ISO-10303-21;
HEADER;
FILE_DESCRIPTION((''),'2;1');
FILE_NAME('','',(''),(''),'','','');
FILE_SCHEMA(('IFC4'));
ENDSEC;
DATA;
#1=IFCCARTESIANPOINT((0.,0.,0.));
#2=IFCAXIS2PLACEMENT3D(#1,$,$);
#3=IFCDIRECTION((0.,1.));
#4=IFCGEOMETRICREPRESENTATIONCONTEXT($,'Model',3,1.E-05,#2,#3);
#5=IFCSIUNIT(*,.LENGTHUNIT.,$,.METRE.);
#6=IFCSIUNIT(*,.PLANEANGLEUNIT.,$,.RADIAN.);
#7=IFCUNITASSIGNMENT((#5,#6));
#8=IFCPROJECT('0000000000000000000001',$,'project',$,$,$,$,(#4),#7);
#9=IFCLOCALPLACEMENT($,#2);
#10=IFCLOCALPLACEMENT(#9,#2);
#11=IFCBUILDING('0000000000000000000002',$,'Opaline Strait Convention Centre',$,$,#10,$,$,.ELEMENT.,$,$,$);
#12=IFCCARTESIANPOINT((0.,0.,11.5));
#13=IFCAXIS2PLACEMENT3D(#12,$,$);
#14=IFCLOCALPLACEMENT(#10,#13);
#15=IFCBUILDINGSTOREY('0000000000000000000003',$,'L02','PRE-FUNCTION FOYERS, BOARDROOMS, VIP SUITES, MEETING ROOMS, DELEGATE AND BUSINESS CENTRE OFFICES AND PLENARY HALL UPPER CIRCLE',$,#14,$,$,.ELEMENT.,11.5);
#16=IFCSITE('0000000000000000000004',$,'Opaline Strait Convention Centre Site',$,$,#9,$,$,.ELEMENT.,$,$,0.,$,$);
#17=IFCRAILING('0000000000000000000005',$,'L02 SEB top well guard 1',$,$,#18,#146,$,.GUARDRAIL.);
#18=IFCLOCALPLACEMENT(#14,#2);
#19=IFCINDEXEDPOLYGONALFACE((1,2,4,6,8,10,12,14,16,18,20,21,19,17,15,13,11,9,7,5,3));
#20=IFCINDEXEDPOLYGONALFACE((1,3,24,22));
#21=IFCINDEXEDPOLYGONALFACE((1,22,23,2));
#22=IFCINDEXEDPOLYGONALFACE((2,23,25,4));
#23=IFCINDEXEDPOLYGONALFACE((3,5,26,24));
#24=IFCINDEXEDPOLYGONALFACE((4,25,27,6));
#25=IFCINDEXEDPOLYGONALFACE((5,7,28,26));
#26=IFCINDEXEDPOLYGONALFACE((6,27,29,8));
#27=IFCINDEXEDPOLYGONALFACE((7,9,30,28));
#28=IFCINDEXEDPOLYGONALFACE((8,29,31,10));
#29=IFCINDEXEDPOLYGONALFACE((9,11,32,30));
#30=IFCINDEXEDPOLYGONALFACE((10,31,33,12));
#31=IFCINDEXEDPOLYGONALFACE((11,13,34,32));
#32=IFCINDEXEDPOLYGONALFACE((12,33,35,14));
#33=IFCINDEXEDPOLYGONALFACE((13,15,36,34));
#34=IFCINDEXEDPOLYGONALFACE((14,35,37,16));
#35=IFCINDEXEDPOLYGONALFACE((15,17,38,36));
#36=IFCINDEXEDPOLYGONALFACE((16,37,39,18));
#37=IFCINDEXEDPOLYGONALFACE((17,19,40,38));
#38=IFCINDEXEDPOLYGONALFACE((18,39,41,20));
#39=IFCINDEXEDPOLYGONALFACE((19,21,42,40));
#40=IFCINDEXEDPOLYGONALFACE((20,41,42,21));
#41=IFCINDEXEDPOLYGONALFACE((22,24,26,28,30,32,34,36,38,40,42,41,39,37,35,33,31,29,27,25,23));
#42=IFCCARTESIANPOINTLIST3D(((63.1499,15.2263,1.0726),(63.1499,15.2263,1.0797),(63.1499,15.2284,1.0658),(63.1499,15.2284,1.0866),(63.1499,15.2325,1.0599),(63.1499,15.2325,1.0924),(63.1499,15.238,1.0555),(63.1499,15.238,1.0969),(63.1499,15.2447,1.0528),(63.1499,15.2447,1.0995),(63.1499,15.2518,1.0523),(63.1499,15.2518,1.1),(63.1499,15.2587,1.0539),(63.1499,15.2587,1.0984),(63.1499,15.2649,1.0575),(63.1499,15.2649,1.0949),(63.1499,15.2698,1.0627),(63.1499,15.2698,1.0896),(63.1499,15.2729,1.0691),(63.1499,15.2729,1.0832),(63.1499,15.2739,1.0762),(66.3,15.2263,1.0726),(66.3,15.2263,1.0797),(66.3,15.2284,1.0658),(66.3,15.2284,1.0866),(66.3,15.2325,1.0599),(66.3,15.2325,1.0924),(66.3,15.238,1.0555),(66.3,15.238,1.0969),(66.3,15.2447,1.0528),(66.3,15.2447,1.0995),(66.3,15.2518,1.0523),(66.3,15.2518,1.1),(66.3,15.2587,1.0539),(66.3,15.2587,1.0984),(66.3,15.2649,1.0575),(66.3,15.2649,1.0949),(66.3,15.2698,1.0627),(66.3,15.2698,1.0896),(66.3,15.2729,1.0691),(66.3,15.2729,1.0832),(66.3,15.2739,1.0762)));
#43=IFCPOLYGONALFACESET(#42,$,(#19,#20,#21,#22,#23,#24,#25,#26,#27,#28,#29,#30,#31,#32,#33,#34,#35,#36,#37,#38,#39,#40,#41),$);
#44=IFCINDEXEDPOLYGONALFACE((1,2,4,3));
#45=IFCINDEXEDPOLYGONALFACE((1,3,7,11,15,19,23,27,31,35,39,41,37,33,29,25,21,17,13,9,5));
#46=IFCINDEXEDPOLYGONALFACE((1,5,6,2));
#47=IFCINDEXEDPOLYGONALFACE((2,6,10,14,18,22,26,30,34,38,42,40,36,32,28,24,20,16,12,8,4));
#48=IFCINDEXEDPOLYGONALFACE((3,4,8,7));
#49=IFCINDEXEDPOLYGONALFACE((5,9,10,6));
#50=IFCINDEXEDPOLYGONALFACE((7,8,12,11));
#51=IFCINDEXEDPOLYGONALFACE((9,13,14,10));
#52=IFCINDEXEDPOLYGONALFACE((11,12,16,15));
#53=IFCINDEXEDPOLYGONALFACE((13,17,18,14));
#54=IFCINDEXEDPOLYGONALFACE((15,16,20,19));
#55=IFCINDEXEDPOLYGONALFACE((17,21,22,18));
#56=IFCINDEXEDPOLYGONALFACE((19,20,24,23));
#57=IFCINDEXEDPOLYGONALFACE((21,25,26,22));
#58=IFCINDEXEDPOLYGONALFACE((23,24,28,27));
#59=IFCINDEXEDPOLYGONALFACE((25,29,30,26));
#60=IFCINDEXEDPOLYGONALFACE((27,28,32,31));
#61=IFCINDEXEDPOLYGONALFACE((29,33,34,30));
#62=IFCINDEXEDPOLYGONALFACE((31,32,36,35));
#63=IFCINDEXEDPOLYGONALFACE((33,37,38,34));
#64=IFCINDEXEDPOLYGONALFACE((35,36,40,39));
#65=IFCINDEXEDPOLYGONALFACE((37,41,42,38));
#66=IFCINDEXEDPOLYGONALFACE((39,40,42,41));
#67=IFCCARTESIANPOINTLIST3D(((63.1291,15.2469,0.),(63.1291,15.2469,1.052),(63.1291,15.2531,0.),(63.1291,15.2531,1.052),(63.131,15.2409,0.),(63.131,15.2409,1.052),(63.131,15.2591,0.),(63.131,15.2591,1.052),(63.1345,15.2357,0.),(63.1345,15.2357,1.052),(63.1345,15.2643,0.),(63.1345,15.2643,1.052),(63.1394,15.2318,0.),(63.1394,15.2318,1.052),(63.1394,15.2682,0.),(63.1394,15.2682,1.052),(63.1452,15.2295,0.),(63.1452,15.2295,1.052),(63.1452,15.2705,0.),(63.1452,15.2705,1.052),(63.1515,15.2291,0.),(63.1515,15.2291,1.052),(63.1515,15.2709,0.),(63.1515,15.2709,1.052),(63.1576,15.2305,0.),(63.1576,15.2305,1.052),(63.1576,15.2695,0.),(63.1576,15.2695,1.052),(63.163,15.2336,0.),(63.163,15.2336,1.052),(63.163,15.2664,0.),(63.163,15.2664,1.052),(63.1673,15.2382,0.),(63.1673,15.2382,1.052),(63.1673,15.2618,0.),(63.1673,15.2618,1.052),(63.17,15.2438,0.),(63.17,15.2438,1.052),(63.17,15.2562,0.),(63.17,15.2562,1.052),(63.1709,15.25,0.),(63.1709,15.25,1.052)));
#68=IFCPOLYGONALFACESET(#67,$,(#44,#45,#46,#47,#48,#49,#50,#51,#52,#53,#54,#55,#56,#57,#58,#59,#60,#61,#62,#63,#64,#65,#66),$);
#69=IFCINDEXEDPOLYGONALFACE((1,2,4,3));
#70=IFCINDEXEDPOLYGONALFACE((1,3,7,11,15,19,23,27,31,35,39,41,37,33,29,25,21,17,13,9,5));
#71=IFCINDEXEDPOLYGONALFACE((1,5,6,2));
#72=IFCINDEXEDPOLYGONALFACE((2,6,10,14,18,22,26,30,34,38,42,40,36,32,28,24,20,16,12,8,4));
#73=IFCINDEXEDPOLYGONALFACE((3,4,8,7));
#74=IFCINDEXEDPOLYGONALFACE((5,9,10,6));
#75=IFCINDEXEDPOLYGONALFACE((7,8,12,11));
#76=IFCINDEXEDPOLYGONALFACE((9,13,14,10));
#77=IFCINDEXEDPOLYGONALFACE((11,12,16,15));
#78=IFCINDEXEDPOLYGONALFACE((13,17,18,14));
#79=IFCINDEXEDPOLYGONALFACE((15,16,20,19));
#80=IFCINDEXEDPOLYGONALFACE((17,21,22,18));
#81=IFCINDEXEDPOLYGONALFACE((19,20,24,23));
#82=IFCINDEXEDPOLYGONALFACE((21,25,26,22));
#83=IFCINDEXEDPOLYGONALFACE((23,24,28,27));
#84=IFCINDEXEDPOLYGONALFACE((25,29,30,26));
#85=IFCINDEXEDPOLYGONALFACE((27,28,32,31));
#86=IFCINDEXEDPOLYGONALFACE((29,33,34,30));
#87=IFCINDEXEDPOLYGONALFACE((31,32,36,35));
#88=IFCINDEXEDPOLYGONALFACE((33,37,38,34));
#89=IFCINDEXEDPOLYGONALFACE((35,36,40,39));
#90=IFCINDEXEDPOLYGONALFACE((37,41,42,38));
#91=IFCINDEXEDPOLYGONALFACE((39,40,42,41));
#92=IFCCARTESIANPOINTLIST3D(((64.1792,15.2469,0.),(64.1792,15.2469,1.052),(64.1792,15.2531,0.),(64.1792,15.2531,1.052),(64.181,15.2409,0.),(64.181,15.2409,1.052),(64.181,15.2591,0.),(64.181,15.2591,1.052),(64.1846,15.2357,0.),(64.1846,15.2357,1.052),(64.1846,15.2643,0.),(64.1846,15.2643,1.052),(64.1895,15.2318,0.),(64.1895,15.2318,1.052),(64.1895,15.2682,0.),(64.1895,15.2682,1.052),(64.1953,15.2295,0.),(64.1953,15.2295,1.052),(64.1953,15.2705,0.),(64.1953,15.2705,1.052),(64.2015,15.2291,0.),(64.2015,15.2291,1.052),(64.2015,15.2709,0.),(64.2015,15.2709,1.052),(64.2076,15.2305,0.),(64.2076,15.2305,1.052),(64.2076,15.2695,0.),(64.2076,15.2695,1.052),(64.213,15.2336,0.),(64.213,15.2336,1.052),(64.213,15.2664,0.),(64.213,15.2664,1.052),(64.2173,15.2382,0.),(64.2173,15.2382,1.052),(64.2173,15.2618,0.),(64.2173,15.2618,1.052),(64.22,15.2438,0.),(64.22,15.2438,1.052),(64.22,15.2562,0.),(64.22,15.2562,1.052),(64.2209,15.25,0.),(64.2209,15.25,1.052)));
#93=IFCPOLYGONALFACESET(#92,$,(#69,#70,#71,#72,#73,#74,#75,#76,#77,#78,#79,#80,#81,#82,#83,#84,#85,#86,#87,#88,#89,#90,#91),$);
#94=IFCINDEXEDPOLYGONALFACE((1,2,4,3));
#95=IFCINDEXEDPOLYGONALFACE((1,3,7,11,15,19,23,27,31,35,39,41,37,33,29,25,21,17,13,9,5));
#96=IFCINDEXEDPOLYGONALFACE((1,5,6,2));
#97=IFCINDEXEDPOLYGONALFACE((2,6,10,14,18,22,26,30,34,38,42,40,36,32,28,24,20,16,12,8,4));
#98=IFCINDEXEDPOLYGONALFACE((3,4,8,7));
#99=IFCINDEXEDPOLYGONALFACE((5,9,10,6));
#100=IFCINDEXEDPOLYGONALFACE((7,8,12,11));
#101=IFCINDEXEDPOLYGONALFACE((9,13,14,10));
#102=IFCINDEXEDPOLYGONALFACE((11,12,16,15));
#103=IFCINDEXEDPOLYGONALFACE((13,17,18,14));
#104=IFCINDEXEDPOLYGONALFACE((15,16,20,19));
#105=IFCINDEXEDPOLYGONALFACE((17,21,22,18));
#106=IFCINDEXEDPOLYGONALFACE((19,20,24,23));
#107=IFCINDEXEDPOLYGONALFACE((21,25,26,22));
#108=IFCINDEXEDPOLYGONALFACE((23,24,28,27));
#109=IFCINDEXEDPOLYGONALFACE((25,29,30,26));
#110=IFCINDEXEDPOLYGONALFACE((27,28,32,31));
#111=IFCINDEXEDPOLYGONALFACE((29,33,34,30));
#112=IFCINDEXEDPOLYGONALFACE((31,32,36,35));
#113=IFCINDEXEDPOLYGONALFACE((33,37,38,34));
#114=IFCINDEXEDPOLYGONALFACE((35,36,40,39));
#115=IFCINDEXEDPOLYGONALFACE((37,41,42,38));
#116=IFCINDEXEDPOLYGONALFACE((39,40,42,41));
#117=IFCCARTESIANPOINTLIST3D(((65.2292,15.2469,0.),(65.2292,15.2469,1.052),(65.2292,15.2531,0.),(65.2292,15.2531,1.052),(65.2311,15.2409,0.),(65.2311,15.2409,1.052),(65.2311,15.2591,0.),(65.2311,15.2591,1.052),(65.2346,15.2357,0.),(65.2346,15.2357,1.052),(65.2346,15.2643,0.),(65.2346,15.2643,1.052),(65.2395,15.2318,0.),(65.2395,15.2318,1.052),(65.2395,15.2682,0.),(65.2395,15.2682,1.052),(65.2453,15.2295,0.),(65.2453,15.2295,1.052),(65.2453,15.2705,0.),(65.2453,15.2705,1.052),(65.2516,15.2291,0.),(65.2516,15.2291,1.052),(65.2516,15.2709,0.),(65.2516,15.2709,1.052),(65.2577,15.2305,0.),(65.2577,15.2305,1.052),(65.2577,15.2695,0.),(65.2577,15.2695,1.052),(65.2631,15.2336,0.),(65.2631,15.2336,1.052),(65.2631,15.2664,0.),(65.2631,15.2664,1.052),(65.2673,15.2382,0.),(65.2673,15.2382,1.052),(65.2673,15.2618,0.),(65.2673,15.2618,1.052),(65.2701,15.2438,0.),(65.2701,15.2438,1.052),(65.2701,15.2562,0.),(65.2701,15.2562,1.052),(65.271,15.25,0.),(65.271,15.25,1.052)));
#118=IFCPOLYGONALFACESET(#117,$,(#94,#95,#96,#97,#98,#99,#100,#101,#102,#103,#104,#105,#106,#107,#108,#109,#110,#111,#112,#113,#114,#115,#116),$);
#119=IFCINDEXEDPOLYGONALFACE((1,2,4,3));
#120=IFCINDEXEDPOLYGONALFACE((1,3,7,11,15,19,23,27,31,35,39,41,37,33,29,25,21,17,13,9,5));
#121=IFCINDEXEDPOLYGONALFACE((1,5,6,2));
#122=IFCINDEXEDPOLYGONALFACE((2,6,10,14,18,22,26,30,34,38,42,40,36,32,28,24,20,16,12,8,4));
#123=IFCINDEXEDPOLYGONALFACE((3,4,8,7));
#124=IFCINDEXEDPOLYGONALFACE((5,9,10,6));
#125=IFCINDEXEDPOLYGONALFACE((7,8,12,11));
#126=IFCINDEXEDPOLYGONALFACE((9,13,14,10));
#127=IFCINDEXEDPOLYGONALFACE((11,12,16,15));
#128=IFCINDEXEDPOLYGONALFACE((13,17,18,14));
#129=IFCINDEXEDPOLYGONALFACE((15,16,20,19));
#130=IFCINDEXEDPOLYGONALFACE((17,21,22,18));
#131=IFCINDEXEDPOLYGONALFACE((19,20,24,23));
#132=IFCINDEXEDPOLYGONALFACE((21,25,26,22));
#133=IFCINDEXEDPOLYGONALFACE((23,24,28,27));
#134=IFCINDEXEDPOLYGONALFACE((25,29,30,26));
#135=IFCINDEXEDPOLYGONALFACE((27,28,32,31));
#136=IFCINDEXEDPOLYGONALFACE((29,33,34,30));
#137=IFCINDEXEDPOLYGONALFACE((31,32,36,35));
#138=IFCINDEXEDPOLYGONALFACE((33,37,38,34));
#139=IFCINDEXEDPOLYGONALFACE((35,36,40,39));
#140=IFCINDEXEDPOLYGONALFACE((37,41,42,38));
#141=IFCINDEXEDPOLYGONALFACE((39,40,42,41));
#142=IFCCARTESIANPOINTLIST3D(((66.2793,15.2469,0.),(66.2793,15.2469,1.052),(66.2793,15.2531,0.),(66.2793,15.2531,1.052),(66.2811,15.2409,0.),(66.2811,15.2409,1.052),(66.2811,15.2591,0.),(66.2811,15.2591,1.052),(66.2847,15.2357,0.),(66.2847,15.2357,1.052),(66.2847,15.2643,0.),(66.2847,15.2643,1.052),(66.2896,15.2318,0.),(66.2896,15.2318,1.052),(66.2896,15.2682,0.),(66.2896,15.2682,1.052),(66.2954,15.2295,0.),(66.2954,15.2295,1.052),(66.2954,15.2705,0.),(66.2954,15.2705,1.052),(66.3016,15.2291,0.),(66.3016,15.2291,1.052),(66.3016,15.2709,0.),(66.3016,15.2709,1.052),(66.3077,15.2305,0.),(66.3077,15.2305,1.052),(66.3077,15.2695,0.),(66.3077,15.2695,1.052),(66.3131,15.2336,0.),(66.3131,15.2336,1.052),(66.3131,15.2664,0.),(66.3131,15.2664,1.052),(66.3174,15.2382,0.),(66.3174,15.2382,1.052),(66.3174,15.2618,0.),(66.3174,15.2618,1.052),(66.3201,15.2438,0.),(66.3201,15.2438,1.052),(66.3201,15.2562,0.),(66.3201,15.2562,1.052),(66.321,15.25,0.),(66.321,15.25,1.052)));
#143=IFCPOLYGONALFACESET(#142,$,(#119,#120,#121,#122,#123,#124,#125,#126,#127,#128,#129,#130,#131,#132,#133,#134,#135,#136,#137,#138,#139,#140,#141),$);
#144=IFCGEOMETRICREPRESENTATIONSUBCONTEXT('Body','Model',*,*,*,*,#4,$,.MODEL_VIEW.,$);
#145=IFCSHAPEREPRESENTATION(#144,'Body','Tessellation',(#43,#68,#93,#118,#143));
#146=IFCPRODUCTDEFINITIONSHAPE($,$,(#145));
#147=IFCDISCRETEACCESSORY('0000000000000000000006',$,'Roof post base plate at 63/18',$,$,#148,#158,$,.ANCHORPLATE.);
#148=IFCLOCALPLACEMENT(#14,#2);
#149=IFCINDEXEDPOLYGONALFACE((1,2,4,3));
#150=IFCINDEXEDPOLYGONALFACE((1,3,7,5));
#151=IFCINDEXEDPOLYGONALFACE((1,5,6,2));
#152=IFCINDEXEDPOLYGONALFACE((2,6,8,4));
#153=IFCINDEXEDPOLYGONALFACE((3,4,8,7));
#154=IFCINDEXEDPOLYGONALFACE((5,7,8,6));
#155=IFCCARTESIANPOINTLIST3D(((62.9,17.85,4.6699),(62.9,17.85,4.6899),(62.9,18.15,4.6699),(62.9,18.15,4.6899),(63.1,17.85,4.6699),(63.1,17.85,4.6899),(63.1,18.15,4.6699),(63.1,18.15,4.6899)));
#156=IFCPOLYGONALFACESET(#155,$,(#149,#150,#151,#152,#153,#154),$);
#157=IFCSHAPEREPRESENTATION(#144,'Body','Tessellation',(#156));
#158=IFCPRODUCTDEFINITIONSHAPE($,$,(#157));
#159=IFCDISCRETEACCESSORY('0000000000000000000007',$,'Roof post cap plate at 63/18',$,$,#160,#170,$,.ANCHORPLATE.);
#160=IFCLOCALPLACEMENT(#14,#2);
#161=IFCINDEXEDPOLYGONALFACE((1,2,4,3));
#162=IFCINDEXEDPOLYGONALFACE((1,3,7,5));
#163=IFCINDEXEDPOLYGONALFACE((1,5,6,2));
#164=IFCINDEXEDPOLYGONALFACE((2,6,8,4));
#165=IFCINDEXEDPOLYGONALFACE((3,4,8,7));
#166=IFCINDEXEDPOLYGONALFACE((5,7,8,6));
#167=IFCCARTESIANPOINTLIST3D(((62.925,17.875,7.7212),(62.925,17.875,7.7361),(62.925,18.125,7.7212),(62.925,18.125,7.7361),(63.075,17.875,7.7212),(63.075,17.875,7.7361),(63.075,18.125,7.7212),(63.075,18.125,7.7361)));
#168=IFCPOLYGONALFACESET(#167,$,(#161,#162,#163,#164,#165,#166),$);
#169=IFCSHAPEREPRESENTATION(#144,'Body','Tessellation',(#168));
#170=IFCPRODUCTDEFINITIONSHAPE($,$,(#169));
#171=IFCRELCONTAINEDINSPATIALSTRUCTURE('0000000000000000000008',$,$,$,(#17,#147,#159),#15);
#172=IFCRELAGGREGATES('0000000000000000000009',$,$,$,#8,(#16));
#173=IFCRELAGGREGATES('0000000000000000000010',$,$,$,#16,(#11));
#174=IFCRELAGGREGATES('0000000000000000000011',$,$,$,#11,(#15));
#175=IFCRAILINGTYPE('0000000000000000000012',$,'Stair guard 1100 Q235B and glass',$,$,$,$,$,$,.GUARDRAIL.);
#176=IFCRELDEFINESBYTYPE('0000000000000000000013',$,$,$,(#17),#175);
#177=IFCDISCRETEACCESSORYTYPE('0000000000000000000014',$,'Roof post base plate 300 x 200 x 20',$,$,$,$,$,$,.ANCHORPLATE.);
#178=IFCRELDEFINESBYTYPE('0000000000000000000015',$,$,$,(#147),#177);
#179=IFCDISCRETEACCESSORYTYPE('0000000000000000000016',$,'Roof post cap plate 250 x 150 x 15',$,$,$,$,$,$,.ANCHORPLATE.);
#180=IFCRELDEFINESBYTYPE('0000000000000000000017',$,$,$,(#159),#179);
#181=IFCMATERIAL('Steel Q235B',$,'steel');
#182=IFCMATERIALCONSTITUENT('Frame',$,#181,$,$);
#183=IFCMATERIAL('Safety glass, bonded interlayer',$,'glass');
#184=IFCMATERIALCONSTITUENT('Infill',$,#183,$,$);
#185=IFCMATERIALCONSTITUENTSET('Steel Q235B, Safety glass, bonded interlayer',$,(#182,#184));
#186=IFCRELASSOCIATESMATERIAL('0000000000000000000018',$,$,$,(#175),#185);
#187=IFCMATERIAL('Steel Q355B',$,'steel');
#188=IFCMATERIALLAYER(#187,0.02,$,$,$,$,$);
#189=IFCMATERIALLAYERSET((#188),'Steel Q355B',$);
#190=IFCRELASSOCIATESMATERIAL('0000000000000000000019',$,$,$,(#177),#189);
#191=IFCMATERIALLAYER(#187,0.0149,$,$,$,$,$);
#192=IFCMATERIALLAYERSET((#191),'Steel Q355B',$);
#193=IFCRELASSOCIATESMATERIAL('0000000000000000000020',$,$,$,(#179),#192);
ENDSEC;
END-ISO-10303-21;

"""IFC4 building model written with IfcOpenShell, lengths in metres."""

from ifc_helpers import new_model, si_unit, direction, frame, origin, origin_2d, place, context, subcontext, project, spatial, rectangle, circle, extrude, material, layer, layer_set, constituent, constituent_set, type_object, element, save


model = new_model("IFC4")

# Units and contexts
model_context = context("Model", 3, precision=1e-05, world=origin(), true_north=direction((0.0, 1.0)))
body_context = subcontext(model_context, "Body", "Model", "MODEL_VIEW")
ifc_project = project(units=[si_unit("LENGTHUNIT", "METRE"), si_unit("PLANEANGLEUNIT", "RADIAN")], contexts=[model_context])

# Site, building, storey
site_placement = place(None, origin())
site = spatial("IfcSite", under=ifc_project, at=site_placement, Name="Opaline Strait Convention Centre Site", CompositionType="ELEMENT", RefElevation=0.0)
building_placement = place(site_placement, origin())
building = spatial("IfcBuilding", under=site, at=building_placement, Name="Opaline Strait Convention Centre", CompositionType="ELEMENT")
storey_placement = place(building_placement, frame((0.0, 0.0, 11.5)))
storey = spatial("IfcBuildingStorey", under=building, at=storey_placement, Name="L02", Description="PRE-FUNCTION FOYERS, BOARDROOMS, VIP SUITES, MEETING ROOMS, DELEGATE AND BUSINESS CENTRE OFFICES AND PLENARY HALL UPPER CIRCLE", CompositionType="ELEMENT", Elevation=11.5)

# Shared definitions
ifc_material_1 = material(Name="Steel Q355B", Category="steel")

# Railing
ifc_material_2 = material(Name="Steel Q235B", Category="steel")
ifc_constituent_1 = constituent(ifc_material_2, Name="Frame")
ifc_material_3 = material(Name="Safety glass, bonded interlayer", Category="glass")
ifc_constituent_2 = constituent(ifc_material_3, Name="Infill")
ifc_constituent_set = constituent_set(constituents=[ifc_constituent_1, ifc_constituent_2], Name="Steel Q235B, Safety glass, bonded interlayer")
railing_type = type_object("IfcRailingType", Name="Stair guard 1100 Q235B and glass", PredefinedType="GUARDRAIL", material=ifc_constituent_set)
railing_placement = place(storey_placement, frame((63.1499, 15.25, 0.0)))
element("IfcRailing", 1, at=railing_placement, inside=storey, type_object=railing_type, Name="L02 SEB top well guard 1", PredefinedType="GUARDRAIL", context=body_context, shape_type="SweptSolid", body=[
    extrude(circle(Radius=0.0239, at=origin_2d()), frame((0.0, 0.0, 1.0762), z_axis=(1.0, 0.0, 0.0), x_axis=(0.0, 1.0, 0.0)), (0.0, 0.0, 1.0), 3.1501),
    extrude(circle(Radius=0.021, at=origin_2d()), origin(), (0.0, 0.0, 1.0), 1.052),
    extrude(circle(Radius=0.021, at=origin_2d()), frame((1.05, 0.0, 0.0)), (0.0, 0.0, 1.0), 1.052),
    extrude(circle(Radius=0.021, at=origin_2d()), frame((2.1001, 0.0, 0.0)), (0.0, 0.0, 1.0), 1.052),
    extrude(circle(Radius=0.021, at=origin_2d()), frame((3.1501, 0.0, 0.0)), (0.0, 0.0, 1.0), 1.052),
])

# Discrete accessories
ifc_layer_1 = layer(ifc_material_1, 0.02)
ifc_layer_set_1 = layer_set([ifc_layer_1], Name="Steel Q355B")
discrete_accessory_type_1 = type_object("IfcDiscreteAccessoryType", Name="Roof post base plate 300 x 200 x 20", PredefinedType="ANCHORPLATE", material=ifc_layer_set_1)
discrete_accessory_1_placement = place(storey_placement, frame((63.0, 18.0, 4.6699), z_axis=(0.0, 0.0, 1.0), x_axis=(1.0, 0.0, 0.0)))
element("IfcDiscreteAccessory", 2, at=discrete_accessory_1_placement, inside=storey, type_object=discrete_accessory_type_1, Name="Roof post base plate at 63/18", PredefinedType="ANCHORPLATE", context=body_context, shape_type="SweptSolid", body=[
    extrude(rectangle(XDim=0.2, YDim=0.3, at=origin_2d()), origin(), (0.0, 0.0, 1.0), 0.02),
])
ifc_layer_2 = layer(ifc_material_1, 0.0149)
ifc_layer_set_2 = layer_set([ifc_layer_2], Name="Steel Q355B")
discrete_accessory_type_2 = type_object("IfcDiscreteAccessoryType", Name="Roof post cap plate 250 x 150 x 15", PredefinedType="ANCHORPLATE", material=ifc_layer_set_2)
discrete_accessory_2_placement = place(storey_placement, frame((63.0, 18.0, 7.7212), z_axis=(0.0, 0.0, 1.0), x_axis=(1.0, 0.0, 0.0)))
element("IfcDiscreteAccessory", 3, at=discrete_accessory_2_placement, inside=storey, type_object=discrete_accessory_type_2, Name="Roof post cap plate at 63/18", PredefinedType="ANCHORPLATE", context=body_context, shape_type="SweptSolid", body=[
    extrude(rectangle(XDim=0.1499, YDim=0.25, at=origin_2d()), origin(), (0.0, 0.0, 1.0), 0.0149),
])

save(model, "model.ifc")
